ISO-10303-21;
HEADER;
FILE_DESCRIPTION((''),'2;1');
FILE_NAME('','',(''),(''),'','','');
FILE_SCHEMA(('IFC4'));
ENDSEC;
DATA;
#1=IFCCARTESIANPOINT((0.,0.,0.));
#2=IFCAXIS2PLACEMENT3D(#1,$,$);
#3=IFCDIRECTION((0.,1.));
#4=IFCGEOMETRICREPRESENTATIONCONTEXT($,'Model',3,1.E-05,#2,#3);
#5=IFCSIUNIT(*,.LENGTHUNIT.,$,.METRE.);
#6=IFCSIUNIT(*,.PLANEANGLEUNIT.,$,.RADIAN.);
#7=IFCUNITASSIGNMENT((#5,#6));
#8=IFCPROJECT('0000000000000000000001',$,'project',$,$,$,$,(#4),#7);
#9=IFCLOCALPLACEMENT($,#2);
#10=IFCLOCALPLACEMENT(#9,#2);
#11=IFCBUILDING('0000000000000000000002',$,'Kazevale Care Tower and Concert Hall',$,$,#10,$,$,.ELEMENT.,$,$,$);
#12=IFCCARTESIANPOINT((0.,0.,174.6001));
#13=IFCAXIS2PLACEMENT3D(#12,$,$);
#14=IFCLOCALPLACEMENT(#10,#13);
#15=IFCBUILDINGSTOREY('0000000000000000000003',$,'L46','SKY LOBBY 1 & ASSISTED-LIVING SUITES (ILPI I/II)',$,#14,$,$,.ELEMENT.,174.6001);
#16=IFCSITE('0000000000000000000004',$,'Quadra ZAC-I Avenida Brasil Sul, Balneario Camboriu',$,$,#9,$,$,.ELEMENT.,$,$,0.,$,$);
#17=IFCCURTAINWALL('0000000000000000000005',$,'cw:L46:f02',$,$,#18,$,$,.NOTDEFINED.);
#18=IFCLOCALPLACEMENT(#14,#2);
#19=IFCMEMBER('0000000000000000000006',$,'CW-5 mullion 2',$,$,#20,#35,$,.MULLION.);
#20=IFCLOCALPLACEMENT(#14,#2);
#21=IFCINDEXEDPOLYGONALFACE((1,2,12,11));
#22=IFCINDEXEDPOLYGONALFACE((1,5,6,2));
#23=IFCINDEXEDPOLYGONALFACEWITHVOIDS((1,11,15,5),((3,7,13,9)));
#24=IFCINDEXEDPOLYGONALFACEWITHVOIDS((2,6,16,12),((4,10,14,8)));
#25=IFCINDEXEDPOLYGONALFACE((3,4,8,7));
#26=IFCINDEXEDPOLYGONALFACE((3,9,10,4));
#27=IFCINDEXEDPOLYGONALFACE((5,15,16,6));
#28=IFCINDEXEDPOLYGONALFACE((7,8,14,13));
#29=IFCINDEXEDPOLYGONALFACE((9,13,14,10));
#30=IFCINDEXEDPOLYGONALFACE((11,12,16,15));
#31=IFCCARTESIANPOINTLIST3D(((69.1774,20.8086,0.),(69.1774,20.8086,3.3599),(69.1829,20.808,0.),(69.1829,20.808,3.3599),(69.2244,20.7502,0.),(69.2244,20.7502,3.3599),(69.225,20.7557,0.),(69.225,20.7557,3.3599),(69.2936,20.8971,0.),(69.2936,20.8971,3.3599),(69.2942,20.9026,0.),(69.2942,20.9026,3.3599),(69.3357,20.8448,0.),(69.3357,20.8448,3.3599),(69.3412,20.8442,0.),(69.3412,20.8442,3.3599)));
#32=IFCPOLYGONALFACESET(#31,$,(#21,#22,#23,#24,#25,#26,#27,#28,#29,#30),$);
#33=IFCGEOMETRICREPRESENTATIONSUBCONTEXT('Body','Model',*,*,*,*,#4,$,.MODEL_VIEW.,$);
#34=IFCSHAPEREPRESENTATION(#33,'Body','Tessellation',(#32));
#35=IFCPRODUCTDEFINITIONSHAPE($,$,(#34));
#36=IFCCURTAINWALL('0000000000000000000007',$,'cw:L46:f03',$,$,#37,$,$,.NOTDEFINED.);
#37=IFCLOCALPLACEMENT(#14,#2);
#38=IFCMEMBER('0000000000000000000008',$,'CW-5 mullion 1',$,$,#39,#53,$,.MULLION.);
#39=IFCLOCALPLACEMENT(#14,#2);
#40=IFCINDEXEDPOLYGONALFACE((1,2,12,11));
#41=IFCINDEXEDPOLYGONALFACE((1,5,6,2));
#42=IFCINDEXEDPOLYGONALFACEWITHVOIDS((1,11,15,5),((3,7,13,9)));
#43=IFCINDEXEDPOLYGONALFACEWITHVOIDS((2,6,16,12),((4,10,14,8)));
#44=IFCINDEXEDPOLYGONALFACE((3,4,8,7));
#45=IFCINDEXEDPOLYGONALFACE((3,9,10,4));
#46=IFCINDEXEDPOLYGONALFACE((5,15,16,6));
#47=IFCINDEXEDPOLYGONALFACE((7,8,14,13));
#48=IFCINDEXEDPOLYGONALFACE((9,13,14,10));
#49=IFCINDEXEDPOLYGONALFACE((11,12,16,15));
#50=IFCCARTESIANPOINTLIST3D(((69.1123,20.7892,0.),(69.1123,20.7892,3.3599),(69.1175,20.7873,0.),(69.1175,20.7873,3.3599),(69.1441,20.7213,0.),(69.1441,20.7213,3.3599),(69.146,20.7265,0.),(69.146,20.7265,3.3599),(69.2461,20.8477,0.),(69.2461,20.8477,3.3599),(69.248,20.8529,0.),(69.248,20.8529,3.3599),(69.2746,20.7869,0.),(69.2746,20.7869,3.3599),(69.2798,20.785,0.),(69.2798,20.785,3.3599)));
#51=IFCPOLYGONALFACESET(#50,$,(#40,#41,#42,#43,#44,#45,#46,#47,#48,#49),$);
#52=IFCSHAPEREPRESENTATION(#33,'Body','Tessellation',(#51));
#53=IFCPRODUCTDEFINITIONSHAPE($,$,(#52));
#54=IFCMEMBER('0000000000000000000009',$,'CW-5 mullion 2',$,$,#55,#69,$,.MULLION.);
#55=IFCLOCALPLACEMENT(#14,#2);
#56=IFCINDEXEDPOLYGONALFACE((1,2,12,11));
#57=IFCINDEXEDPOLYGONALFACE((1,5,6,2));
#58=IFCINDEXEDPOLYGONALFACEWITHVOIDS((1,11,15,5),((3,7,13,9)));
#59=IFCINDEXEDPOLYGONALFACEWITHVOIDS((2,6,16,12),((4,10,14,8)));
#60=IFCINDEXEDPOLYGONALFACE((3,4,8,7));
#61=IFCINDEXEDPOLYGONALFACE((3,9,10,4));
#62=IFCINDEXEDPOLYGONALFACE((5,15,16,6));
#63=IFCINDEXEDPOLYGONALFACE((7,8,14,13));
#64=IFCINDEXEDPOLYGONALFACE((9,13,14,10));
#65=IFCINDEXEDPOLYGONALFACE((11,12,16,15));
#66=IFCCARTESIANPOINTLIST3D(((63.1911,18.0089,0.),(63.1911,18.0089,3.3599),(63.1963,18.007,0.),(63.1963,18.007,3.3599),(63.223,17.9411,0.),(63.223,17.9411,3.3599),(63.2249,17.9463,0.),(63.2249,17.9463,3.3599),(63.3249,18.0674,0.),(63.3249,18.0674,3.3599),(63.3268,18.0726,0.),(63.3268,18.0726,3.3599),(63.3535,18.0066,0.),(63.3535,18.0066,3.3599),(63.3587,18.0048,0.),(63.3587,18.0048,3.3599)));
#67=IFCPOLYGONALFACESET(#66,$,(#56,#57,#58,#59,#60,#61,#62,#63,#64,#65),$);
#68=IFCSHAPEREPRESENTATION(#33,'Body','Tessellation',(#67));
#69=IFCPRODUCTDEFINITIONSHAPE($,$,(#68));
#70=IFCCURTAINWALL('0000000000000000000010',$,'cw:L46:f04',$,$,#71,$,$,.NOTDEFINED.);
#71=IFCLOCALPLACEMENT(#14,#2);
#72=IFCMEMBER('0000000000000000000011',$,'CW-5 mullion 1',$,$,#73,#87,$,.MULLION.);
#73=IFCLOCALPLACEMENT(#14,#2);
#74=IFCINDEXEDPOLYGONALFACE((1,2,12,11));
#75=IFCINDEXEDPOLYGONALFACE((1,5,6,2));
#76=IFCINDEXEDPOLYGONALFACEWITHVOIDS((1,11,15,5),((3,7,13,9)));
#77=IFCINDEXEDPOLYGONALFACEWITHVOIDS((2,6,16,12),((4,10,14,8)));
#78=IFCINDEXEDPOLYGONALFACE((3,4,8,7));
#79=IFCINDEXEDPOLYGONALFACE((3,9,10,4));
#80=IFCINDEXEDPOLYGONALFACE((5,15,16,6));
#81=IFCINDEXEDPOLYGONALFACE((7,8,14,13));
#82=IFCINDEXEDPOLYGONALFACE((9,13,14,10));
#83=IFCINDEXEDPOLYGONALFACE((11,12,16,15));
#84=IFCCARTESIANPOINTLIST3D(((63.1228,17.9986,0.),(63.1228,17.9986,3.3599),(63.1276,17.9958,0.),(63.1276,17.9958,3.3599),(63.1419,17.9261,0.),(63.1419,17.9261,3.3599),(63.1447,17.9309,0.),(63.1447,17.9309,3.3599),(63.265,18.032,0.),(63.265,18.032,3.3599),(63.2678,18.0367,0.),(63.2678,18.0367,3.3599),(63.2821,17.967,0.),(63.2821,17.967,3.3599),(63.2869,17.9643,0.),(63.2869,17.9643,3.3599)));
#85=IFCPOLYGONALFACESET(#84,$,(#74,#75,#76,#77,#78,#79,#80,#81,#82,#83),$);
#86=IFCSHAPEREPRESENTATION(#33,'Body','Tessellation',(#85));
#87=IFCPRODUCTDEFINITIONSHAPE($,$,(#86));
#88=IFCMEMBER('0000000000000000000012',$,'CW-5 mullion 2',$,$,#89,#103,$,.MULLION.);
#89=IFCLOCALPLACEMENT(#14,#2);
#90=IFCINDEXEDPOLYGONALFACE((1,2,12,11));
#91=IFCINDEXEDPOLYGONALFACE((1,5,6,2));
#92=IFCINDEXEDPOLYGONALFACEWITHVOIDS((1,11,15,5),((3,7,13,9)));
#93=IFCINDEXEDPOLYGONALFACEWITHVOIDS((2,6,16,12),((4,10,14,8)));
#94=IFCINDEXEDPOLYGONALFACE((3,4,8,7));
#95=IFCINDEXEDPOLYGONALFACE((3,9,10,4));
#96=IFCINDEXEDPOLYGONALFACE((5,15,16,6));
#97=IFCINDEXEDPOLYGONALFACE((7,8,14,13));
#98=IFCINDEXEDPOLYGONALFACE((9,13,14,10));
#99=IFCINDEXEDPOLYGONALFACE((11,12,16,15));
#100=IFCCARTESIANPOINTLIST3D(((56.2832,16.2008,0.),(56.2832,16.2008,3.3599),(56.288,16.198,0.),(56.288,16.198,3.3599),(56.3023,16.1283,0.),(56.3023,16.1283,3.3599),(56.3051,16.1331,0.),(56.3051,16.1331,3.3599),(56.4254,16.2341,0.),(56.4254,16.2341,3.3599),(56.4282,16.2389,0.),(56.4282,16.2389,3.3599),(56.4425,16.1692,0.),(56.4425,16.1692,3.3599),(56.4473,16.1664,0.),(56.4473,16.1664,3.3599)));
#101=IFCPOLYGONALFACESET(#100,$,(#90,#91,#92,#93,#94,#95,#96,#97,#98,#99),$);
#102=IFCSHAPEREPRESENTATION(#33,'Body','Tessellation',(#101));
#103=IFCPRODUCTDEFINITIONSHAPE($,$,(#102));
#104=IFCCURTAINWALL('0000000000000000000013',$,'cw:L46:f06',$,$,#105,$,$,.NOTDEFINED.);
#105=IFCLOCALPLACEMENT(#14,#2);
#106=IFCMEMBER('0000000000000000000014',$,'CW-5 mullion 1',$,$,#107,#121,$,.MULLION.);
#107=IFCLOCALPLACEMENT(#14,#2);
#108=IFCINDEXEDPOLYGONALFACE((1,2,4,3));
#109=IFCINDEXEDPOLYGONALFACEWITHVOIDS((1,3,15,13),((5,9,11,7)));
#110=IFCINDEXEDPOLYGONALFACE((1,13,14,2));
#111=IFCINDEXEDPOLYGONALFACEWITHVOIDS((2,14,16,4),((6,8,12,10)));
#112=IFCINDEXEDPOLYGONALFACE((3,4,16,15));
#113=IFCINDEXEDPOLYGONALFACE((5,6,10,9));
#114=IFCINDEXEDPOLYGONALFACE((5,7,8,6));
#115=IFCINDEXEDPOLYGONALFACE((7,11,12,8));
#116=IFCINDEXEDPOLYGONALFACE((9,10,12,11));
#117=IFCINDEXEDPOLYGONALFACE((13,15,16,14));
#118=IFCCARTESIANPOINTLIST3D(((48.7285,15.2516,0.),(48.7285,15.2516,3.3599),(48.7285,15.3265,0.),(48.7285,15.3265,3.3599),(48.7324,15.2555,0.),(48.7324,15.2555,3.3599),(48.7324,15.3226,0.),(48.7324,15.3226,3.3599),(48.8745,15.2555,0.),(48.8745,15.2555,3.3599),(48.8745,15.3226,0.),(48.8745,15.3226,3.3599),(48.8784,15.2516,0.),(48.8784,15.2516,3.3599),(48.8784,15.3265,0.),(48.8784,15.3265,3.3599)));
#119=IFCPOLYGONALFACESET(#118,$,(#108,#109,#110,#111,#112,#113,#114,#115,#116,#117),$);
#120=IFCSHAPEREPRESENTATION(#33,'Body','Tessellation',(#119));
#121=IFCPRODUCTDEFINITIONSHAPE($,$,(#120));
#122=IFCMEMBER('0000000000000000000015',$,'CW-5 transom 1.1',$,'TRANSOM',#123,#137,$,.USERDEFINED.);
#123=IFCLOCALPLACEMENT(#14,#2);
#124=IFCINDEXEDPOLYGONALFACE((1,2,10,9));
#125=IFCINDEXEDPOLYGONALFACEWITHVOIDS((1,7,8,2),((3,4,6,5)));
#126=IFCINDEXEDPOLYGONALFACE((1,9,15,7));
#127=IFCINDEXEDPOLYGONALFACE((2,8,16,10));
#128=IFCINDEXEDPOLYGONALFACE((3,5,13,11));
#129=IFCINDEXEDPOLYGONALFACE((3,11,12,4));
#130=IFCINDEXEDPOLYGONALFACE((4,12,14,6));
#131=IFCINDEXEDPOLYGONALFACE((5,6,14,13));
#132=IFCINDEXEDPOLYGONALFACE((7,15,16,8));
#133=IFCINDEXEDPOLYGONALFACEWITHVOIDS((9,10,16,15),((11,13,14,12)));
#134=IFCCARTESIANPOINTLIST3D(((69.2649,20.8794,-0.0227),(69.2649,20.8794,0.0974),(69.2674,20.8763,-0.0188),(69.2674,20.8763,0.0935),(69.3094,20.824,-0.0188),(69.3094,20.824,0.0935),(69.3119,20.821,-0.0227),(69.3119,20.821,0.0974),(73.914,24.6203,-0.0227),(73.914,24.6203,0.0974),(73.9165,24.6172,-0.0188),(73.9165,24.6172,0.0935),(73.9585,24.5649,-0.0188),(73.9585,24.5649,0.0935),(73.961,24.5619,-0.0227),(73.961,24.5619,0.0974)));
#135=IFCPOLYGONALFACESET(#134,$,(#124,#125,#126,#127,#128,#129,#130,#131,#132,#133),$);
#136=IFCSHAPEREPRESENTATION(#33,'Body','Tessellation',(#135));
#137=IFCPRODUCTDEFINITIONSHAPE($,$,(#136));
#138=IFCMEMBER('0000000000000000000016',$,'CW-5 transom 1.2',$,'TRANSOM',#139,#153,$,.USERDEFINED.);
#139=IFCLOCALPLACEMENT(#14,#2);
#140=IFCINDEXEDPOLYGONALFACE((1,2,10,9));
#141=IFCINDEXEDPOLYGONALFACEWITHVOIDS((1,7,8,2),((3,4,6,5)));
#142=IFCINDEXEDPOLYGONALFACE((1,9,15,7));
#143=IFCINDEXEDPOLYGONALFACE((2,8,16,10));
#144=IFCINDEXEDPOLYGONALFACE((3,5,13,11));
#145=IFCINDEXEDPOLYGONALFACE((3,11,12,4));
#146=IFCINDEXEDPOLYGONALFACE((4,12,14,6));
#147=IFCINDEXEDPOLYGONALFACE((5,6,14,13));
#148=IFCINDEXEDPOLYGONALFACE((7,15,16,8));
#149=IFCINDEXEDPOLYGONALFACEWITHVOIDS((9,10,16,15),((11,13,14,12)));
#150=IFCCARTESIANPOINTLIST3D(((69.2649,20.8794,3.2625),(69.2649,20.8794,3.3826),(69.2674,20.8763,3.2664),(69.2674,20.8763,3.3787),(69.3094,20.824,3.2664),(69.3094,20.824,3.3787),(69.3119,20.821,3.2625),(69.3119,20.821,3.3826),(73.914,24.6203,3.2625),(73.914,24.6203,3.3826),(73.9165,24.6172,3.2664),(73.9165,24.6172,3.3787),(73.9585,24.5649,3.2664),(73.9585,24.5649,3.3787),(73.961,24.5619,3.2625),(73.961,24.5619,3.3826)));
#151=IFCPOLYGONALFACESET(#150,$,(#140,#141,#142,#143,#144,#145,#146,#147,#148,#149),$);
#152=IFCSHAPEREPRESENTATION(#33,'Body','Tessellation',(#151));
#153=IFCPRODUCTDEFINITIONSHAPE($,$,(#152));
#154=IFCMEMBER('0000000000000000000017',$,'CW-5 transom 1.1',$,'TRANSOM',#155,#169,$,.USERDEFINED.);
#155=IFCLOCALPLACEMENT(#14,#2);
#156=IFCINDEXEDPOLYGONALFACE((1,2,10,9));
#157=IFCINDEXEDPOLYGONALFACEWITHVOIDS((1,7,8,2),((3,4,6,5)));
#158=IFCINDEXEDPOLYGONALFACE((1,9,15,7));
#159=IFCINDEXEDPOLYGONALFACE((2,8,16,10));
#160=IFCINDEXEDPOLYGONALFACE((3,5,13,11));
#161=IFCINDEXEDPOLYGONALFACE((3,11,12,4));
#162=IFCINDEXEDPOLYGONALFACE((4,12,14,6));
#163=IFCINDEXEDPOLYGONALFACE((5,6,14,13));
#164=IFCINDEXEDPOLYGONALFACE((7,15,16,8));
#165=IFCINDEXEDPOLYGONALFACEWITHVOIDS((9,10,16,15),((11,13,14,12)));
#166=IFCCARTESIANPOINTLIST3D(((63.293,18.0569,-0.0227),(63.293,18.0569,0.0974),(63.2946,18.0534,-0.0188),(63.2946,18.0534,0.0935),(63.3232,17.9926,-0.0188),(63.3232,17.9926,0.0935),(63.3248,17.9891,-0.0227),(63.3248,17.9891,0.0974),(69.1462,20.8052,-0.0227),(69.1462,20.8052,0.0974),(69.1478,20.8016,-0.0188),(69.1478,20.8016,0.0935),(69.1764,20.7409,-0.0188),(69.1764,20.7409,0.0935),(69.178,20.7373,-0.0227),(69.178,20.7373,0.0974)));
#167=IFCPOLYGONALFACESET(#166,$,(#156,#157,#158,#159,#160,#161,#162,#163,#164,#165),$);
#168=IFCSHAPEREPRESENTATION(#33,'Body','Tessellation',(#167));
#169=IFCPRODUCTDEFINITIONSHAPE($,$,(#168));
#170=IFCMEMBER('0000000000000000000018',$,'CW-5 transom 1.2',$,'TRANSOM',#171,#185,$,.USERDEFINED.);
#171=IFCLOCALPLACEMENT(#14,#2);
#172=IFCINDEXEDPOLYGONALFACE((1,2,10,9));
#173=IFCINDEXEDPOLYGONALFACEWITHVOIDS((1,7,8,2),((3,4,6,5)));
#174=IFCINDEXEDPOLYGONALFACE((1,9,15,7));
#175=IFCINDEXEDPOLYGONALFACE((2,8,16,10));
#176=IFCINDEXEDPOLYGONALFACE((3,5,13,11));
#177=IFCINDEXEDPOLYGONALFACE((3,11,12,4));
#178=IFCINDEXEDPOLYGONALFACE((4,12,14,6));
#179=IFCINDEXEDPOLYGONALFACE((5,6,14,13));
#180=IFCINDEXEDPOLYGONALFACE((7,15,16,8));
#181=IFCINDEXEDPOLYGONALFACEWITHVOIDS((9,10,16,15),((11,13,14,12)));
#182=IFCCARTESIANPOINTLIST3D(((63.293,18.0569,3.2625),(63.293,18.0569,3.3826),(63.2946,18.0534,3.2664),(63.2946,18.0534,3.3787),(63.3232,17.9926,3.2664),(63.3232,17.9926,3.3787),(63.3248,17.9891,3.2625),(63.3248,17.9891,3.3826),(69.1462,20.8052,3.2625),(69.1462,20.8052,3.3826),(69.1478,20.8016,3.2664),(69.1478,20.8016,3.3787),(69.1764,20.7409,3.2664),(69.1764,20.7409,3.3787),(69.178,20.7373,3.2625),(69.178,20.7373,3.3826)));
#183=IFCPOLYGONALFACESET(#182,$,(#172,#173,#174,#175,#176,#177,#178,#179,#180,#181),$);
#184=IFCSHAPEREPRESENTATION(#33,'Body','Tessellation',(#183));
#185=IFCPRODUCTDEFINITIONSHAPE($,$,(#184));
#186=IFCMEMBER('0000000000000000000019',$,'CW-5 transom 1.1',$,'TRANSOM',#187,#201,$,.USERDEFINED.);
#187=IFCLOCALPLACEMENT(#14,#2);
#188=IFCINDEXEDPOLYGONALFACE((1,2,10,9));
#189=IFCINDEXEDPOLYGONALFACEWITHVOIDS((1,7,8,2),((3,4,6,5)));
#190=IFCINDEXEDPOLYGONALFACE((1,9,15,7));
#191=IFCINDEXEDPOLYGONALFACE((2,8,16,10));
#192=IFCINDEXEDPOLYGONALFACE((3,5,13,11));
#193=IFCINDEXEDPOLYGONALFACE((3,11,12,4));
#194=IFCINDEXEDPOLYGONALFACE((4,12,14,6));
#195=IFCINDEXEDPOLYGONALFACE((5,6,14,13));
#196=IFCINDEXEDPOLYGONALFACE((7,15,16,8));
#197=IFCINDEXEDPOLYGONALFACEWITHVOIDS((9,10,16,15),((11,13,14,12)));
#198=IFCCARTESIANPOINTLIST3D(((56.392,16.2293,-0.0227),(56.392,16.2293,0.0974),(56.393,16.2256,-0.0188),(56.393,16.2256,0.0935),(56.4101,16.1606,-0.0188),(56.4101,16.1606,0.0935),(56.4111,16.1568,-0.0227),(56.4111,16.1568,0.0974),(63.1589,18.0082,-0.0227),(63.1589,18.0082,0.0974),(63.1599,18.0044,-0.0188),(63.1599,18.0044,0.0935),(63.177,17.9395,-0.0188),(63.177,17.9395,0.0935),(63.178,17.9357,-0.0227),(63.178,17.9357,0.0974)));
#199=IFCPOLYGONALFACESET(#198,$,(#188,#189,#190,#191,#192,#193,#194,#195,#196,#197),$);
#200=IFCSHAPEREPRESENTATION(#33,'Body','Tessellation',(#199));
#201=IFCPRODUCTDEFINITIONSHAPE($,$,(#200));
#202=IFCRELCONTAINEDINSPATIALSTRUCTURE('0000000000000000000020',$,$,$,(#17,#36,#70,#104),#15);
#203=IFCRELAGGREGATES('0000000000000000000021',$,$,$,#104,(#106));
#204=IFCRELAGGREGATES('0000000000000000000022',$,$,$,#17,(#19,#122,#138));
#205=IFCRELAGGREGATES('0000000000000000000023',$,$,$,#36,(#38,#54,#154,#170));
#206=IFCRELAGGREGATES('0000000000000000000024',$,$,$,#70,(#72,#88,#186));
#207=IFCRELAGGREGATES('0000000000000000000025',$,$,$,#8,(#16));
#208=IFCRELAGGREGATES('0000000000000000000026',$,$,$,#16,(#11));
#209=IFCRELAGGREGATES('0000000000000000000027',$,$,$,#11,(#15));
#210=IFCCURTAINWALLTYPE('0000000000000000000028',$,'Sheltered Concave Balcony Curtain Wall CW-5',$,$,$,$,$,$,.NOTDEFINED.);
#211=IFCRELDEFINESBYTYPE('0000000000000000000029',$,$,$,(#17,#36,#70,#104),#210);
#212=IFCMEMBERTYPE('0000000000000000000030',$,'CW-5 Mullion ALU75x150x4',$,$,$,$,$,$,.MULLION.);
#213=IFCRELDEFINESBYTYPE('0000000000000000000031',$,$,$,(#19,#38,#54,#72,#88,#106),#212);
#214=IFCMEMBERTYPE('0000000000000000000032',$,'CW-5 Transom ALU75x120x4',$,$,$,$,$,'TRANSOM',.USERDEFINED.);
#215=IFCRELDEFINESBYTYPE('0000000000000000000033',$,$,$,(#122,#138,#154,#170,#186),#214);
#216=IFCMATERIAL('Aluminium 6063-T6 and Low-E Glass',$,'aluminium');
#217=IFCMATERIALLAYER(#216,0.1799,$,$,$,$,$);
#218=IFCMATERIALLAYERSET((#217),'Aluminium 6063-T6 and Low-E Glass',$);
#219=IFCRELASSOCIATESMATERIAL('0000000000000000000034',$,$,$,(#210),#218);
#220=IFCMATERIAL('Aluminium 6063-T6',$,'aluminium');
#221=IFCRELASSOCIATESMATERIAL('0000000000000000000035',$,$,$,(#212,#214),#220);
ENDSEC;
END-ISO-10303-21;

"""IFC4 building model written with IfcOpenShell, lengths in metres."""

from ifc_helpers import new_model, si_unit, direction, frame, origin, origin_2d, place, context, subcontext, project, spatial, hollow_rectangle, extrude, material, layer, layer_set, material_profile, profile_set, type_object, element, aggregate, save


model = new_model("IFC4")

# Units and contexts
model_context = context("Model", 3, precision=1e-05, world=origin(), true_north=direction((0.0, 1.0)))
body_context = subcontext(model_context, "Body", "Model", "MODEL_VIEW")
ifc_project = project(units=[si_unit("LENGTHUNIT", "METRE"), si_unit("PLANEANGLEUNIT", "RADIAN")], contexts=[model_context])

# Site, building, storey
site_placement = place(None, origin())
site = spatial("IfcSite", under=ifc_project, at=site_placement, Name="Quadra ZAC-I Avenida Brasil Sul, Balneario Camboriu", CompositionType="ELEMENT", RefElevation=0.0)
building_placement = place(site_placement, origin())
building = spatial("IfcBuilding", under=site, at=building_placement, Name="Kazevale Care Tower and Concert Hall", CompositionType="ELEMENT")
storey_placement = place(building_placement, frame((0.0, 0.0, 174.6001)))
storey = spatial("IfcBuildingStorey", under=building, at=storey_placement, Name="L46", Description="SKY LOBBY 1 & ASSISTED-LIVING SUITES (ILPI I/II)", CompositionType="ELEMENT", Elevation=174.6001)

# Shared definitions
ifc_material_1 = material(Name="Aluminium 6063-T6 and Low-E Glass", Category="aluminium")
ifc_material_2 = material(Name="Aluminium 6063-T6", Category="aluminium")

# Curtain walls, members
ifc_layer_1 = layer(ifc_material_1, 0.1799)
ifc_layer_set_1 = layer_set([ifc_layer_1], Name="Aluminium 6063-T6 and Low-E Glass")
curtain_wall_type_1 = type_object("IfcCurtainWallType", Name="Sheltered Concave Balcony Curtain Wall CW-5", PredefinedType="NOTDEFINED", material=ifc_layer_set_1)
curtain_wall_1_placement = place(storey_placement, origin())
curtain_wall_1 = element("IfcCurtainWall", 1, at=curtain_wall_1_placement, inside=storey, type_object=curtain_wall_type_1, Name="cw:L46:f02", PredefinedType="NOTDEFINED")
ifc_material_profile_1 = material_profile(ifc_material_2, hollow_rectangle(XDim=0.075, YDim=0.1499, WallThickness=0.0039, at=origin_2d()), Name="ALU75x150x4")
ifc_profile_set_1 = profile_set([ifc_material_profile_1], Name="Aluminium 6063-T6")
member_type_1 = type_object("IfcMemberType", Name="CW-5 Mullion ALU75x150x4", PredefinedType="MULLION", material=ifc_profile_set_1)
member_1_placement = place(storey_placement, frame((69.2593, 20.8264, 0.0), z_axis=(0.0, 0.0, 1.0), x_axis=(0.626905, -0.779095, 0.0)))
member_1 = element("IfcMember", 2, at=member_1_placement, type_object=member_type_1, Name="CW-5 mullion 2", PredefinedType="MULLION", context=body_context, shape_type="SweptSolid", body=[
    extrude(hollow_rectangle(XDim=0.075, YDim=0.1499, WallThickness=0.0039, at=origin_2d()), origin(), (0.0, 0.0, 1.0), 3.3599),
])
curtain_wall_2_placement = place(storey_placement, origin())
curtain_wall_2 = element("IfcCurtainWall", 3, at=curtain_wall_2_placement, inside=storey, type_object=curtain_wall_type_1, Name="cw:L46:f03", PredefinedType="NOTDEFINED")
member_2_placement = place(storey_placement, frame((69.196, 20.7871, 0.0), z_axis=(0.0, 0.0, 1.0), x_axis=(0.425011, -0.905188, 0.0)))
member_2 = element("IfcMember", 4, at=member_2_placement, type_object=member_type_1, Name="CW-5 mullion 1", PredefinedType="MULLION", context=body_context, shape_type="SweptSolid", body=[
    extrude(hollow_rectangle(XDim=0.075, YDim=0.1499, WallThickness=0.0039, at=origin_2d()), origin(), (0.0, 0.0, 1.0), 3.3599),
])
member_3_placement = place(storey_placement, frame((63.2749, 18.0068, 0.0), z_axis=(0.0, 0.0, 1.0), x_axis=(0.425011, -0.905188, 0.0)))
member_3 = element("IfcMember", 5, at=member_3_placement, type_object=member_type_1, Name="CW-5 mullion 2", PredefinedType="MULLION", context=body_context, shape_type="SweptSolid", body=[
    extrude(hollow_rectangle(XDim=0.075, YDim=0.1499, WallThickness=0.0039, at=origin_2d()), origin(), (0.0, 0.0, 1.0), 3.3599),
])
curtain_wall_3_placement = place(storey_placement, origin())
curtain_wall_3 = element("IfcCurtainWall", 6, at=curtain_wall_3_placement, inside=storey, type_object=curtain_wall_type_1, Name="cw:L46:f04", PredefinedType="NOTDEFINED")
member_4_placement = place(storey_placement, frame((63.2048, 17.9814, 0.0), z_axis=(0.0, 0.0, 1.0), x_axis=(0.254238, -0.967142, 0.0)))
member_4 = element("IfcMember", 7, at=member_4_placement, type_object=member_type_1, Name="CW-5 mullion 1", PredefinedType="MULLION", context=body_context, shape_type="SweptSolid", body=[
    extrude(hollow_rectangle(XDim=0.075, YDim=0.1499, WallThickness=0.0039, at=origin_2d()), origin(), (0.0, 0.0, 1.0), 3.3599),
])
member_5_placement = place(storey_placement, frame((56.3652, 16.1836, 0.0), z_axis=(0.0, 0.0, 1.0), x_axis=(0.254238, -0.967142, 0.0)))
member_5 = element("IfcMember", 8, at=member_5_placement, type_object=member_type_1, Name="CW-5 mullion 2", PredefinedType="MULLION", context=body_context, shape_type="SweptSolid", body=[
    extrude(hollow_rectangle(XDim=0.075, YDim=0.1499, WallThickness=0.0039, at=origin_2d()), origin(), (0.0, 0.0, 1.0), 3.3599),
])

# Curtain wall, member
curtain_wall_4_placement = place(storey_placement, origin())
curtain_wall_4 = element("IfcCurtainWall", 9, at=curtain_wall_4_placement, inside=storey, type_object=curtain_wall_type_1, Name="cw:L46:f06", PredefinedType="NOTDEFINED")
member_6_placement = place(storey_placement, frame((48.8035, 15.2891, 0.0), z_axis=(0.0, 0.0, 1.0), x_axis=(0.0, -1.0, 0.0)))
member_6 = element("IfcMember", 10, at=member_6_placement, type_object=member_type_1, Name="CW-5 mullion 1", PredefinedType="MULLION", context=body_context, shape_type="SweptSolid", body=[
    extrude(hollow_rectangle(XDim=0.075, YDim=0.1499, WallThickness=0.0039, at=origin_2d()), origin(), (0.0, 0.0, 1.0), 3.3599),
])

# Members
ifc_material_profile_2 = material_profile(ifc_material_2, hollow_rectangle(XDim=0.075, YDim=0.1201, WallThickness=0.0039, at=origin_2d()), Name="ALU75x120x4")
ifc_profile_set_2 = profile_set([ifc_material_profile_2], Name="Aluminium 6063-T6")
member_type_2 = type_object("IfcMemberType", Name="CW-5 Transom ALU75x120x4", ElementType="TRANSOM", PredefinedType="USERDEFINED", material=ifc_profile_set_2)
member_7_placement = place(storey_placement, frame((73.9375, 24.5911, 0.0374), z_axis=(-0.779097, -0.626903, 0.0), x_axis=(0.626903, -0.779097, 0.0)))
member_7 = element("IfcMember", 11, at=member_7_placement, type_object=member_type_2, Name="CW-5 transom 1.1", ObjectType="TRANSOM", PredefinedType="USERDEFINED", context=body_context, shape_type="SweptSolid", body=[
    extrude(hollow_rectangle(XDim=0.075, YDim=0.1201, WallThickness=0.0039, at=origin_2d()), origin(), (0.0, 0.0, 1.0), 5.9673),
])
member_8_placement = place(storey_placement, frame((73.9375, 24.5911, 3.3225), z_axis=(-0.779097, -0.626903, 0.0), x_axis=(0.626903, -0.779097, 0.0)))
member_8 = element("IfcMember", 12, at=member_8_placement, type_object=member_type_2, Name="CW-5 transom 1.2", ObjectType="TRANSOM", PredefinedType="USERDEFINED", context=body_context, shape_type="SweptSolid", body=[
    extrude(hollow_rectangle(XDim=0.075, YDim=0.1201, WallThickness=0.0039, at=origin_2d()), origin(), (0.0, 0.0, 1.0), 5.9673),
])
member_9_placement = place(storey_placement, frame((69.1621, 20.7712, 0.0374), z_axis=(-0.905187, -0.425013, 0.0), x_axis=(0.425013, -0.905187, 0.0)))
member_9 = element("IfcMember", 13, at=member_9_placement, type_object=member_type_2, Name="CW-5 transom 1.1", ObjectType="TRANSOM", PredefinedType="USERDEFINED", context=body_context, shape_type="SweptSolid", body=[
    extrude(hollow_rectangle(XDim=0.075, YDim=0.1201, WallThickness=0.0039, at=origin_2d()), origin(), (0.0, 0.0, 1.0), 6.4663),
])
member_10_placement = place(storey_placement, frame((69.1621, 20.7712, 3.3225), z_axis=(-0.905187, -0.425013, 0.0), x_axis=(0.425013, -0.905187, 0.0)))
member_10 = element("IfcMember", 14, at=member_10_placement, type_object=member_type_2, Name="CW-5 transom 1.2", ObjectType="TRANSOM", PredefinedType="USERDEFINED", context=body_context, shape_type="SweptSolid", body=[
    extrude(hollow_rectangle(XDim=0.075, YDim=0.1201, WallThickness=0.0039, at=origin_2d()), origin(), (0.0, 0.0, 1.0), 6.4663),
])
member_11_placement = place(storey_placement, frame((63.1685, 17.9719, 0.0374), z_axis=(-0.967143, -0.254234, 0.0), x_axis=(0.254234, -0.967143, 0.0)))
member_11 = element("IfcMember", 15, at=member_11_placement, type_object=member_type_2, Name="CW-5 transom 1.1", ObjectType="TRANSOM", PredefinedType="USERDEFINED", context=body_context, shape_type="SweptSolid", body=[
    extrude(hollow_rectangle(XDim=0.075, YDim=0.1201, WallThickness=0.0039, at=origin_2d()), origin(), (0.0, 0.0, 1.0), 6.9968),
])
aggregate(curtain_wall_4, [member_6])

aggregate(curtain_wall_1, [member_1, member_7, member_8])
aggregate(curtain_wall_2, [member_2, member_3, member_9, member_10])
aggregate(curtain_wall_3, [member_4, member_5, member_11])

save(model, "model.ifc")
